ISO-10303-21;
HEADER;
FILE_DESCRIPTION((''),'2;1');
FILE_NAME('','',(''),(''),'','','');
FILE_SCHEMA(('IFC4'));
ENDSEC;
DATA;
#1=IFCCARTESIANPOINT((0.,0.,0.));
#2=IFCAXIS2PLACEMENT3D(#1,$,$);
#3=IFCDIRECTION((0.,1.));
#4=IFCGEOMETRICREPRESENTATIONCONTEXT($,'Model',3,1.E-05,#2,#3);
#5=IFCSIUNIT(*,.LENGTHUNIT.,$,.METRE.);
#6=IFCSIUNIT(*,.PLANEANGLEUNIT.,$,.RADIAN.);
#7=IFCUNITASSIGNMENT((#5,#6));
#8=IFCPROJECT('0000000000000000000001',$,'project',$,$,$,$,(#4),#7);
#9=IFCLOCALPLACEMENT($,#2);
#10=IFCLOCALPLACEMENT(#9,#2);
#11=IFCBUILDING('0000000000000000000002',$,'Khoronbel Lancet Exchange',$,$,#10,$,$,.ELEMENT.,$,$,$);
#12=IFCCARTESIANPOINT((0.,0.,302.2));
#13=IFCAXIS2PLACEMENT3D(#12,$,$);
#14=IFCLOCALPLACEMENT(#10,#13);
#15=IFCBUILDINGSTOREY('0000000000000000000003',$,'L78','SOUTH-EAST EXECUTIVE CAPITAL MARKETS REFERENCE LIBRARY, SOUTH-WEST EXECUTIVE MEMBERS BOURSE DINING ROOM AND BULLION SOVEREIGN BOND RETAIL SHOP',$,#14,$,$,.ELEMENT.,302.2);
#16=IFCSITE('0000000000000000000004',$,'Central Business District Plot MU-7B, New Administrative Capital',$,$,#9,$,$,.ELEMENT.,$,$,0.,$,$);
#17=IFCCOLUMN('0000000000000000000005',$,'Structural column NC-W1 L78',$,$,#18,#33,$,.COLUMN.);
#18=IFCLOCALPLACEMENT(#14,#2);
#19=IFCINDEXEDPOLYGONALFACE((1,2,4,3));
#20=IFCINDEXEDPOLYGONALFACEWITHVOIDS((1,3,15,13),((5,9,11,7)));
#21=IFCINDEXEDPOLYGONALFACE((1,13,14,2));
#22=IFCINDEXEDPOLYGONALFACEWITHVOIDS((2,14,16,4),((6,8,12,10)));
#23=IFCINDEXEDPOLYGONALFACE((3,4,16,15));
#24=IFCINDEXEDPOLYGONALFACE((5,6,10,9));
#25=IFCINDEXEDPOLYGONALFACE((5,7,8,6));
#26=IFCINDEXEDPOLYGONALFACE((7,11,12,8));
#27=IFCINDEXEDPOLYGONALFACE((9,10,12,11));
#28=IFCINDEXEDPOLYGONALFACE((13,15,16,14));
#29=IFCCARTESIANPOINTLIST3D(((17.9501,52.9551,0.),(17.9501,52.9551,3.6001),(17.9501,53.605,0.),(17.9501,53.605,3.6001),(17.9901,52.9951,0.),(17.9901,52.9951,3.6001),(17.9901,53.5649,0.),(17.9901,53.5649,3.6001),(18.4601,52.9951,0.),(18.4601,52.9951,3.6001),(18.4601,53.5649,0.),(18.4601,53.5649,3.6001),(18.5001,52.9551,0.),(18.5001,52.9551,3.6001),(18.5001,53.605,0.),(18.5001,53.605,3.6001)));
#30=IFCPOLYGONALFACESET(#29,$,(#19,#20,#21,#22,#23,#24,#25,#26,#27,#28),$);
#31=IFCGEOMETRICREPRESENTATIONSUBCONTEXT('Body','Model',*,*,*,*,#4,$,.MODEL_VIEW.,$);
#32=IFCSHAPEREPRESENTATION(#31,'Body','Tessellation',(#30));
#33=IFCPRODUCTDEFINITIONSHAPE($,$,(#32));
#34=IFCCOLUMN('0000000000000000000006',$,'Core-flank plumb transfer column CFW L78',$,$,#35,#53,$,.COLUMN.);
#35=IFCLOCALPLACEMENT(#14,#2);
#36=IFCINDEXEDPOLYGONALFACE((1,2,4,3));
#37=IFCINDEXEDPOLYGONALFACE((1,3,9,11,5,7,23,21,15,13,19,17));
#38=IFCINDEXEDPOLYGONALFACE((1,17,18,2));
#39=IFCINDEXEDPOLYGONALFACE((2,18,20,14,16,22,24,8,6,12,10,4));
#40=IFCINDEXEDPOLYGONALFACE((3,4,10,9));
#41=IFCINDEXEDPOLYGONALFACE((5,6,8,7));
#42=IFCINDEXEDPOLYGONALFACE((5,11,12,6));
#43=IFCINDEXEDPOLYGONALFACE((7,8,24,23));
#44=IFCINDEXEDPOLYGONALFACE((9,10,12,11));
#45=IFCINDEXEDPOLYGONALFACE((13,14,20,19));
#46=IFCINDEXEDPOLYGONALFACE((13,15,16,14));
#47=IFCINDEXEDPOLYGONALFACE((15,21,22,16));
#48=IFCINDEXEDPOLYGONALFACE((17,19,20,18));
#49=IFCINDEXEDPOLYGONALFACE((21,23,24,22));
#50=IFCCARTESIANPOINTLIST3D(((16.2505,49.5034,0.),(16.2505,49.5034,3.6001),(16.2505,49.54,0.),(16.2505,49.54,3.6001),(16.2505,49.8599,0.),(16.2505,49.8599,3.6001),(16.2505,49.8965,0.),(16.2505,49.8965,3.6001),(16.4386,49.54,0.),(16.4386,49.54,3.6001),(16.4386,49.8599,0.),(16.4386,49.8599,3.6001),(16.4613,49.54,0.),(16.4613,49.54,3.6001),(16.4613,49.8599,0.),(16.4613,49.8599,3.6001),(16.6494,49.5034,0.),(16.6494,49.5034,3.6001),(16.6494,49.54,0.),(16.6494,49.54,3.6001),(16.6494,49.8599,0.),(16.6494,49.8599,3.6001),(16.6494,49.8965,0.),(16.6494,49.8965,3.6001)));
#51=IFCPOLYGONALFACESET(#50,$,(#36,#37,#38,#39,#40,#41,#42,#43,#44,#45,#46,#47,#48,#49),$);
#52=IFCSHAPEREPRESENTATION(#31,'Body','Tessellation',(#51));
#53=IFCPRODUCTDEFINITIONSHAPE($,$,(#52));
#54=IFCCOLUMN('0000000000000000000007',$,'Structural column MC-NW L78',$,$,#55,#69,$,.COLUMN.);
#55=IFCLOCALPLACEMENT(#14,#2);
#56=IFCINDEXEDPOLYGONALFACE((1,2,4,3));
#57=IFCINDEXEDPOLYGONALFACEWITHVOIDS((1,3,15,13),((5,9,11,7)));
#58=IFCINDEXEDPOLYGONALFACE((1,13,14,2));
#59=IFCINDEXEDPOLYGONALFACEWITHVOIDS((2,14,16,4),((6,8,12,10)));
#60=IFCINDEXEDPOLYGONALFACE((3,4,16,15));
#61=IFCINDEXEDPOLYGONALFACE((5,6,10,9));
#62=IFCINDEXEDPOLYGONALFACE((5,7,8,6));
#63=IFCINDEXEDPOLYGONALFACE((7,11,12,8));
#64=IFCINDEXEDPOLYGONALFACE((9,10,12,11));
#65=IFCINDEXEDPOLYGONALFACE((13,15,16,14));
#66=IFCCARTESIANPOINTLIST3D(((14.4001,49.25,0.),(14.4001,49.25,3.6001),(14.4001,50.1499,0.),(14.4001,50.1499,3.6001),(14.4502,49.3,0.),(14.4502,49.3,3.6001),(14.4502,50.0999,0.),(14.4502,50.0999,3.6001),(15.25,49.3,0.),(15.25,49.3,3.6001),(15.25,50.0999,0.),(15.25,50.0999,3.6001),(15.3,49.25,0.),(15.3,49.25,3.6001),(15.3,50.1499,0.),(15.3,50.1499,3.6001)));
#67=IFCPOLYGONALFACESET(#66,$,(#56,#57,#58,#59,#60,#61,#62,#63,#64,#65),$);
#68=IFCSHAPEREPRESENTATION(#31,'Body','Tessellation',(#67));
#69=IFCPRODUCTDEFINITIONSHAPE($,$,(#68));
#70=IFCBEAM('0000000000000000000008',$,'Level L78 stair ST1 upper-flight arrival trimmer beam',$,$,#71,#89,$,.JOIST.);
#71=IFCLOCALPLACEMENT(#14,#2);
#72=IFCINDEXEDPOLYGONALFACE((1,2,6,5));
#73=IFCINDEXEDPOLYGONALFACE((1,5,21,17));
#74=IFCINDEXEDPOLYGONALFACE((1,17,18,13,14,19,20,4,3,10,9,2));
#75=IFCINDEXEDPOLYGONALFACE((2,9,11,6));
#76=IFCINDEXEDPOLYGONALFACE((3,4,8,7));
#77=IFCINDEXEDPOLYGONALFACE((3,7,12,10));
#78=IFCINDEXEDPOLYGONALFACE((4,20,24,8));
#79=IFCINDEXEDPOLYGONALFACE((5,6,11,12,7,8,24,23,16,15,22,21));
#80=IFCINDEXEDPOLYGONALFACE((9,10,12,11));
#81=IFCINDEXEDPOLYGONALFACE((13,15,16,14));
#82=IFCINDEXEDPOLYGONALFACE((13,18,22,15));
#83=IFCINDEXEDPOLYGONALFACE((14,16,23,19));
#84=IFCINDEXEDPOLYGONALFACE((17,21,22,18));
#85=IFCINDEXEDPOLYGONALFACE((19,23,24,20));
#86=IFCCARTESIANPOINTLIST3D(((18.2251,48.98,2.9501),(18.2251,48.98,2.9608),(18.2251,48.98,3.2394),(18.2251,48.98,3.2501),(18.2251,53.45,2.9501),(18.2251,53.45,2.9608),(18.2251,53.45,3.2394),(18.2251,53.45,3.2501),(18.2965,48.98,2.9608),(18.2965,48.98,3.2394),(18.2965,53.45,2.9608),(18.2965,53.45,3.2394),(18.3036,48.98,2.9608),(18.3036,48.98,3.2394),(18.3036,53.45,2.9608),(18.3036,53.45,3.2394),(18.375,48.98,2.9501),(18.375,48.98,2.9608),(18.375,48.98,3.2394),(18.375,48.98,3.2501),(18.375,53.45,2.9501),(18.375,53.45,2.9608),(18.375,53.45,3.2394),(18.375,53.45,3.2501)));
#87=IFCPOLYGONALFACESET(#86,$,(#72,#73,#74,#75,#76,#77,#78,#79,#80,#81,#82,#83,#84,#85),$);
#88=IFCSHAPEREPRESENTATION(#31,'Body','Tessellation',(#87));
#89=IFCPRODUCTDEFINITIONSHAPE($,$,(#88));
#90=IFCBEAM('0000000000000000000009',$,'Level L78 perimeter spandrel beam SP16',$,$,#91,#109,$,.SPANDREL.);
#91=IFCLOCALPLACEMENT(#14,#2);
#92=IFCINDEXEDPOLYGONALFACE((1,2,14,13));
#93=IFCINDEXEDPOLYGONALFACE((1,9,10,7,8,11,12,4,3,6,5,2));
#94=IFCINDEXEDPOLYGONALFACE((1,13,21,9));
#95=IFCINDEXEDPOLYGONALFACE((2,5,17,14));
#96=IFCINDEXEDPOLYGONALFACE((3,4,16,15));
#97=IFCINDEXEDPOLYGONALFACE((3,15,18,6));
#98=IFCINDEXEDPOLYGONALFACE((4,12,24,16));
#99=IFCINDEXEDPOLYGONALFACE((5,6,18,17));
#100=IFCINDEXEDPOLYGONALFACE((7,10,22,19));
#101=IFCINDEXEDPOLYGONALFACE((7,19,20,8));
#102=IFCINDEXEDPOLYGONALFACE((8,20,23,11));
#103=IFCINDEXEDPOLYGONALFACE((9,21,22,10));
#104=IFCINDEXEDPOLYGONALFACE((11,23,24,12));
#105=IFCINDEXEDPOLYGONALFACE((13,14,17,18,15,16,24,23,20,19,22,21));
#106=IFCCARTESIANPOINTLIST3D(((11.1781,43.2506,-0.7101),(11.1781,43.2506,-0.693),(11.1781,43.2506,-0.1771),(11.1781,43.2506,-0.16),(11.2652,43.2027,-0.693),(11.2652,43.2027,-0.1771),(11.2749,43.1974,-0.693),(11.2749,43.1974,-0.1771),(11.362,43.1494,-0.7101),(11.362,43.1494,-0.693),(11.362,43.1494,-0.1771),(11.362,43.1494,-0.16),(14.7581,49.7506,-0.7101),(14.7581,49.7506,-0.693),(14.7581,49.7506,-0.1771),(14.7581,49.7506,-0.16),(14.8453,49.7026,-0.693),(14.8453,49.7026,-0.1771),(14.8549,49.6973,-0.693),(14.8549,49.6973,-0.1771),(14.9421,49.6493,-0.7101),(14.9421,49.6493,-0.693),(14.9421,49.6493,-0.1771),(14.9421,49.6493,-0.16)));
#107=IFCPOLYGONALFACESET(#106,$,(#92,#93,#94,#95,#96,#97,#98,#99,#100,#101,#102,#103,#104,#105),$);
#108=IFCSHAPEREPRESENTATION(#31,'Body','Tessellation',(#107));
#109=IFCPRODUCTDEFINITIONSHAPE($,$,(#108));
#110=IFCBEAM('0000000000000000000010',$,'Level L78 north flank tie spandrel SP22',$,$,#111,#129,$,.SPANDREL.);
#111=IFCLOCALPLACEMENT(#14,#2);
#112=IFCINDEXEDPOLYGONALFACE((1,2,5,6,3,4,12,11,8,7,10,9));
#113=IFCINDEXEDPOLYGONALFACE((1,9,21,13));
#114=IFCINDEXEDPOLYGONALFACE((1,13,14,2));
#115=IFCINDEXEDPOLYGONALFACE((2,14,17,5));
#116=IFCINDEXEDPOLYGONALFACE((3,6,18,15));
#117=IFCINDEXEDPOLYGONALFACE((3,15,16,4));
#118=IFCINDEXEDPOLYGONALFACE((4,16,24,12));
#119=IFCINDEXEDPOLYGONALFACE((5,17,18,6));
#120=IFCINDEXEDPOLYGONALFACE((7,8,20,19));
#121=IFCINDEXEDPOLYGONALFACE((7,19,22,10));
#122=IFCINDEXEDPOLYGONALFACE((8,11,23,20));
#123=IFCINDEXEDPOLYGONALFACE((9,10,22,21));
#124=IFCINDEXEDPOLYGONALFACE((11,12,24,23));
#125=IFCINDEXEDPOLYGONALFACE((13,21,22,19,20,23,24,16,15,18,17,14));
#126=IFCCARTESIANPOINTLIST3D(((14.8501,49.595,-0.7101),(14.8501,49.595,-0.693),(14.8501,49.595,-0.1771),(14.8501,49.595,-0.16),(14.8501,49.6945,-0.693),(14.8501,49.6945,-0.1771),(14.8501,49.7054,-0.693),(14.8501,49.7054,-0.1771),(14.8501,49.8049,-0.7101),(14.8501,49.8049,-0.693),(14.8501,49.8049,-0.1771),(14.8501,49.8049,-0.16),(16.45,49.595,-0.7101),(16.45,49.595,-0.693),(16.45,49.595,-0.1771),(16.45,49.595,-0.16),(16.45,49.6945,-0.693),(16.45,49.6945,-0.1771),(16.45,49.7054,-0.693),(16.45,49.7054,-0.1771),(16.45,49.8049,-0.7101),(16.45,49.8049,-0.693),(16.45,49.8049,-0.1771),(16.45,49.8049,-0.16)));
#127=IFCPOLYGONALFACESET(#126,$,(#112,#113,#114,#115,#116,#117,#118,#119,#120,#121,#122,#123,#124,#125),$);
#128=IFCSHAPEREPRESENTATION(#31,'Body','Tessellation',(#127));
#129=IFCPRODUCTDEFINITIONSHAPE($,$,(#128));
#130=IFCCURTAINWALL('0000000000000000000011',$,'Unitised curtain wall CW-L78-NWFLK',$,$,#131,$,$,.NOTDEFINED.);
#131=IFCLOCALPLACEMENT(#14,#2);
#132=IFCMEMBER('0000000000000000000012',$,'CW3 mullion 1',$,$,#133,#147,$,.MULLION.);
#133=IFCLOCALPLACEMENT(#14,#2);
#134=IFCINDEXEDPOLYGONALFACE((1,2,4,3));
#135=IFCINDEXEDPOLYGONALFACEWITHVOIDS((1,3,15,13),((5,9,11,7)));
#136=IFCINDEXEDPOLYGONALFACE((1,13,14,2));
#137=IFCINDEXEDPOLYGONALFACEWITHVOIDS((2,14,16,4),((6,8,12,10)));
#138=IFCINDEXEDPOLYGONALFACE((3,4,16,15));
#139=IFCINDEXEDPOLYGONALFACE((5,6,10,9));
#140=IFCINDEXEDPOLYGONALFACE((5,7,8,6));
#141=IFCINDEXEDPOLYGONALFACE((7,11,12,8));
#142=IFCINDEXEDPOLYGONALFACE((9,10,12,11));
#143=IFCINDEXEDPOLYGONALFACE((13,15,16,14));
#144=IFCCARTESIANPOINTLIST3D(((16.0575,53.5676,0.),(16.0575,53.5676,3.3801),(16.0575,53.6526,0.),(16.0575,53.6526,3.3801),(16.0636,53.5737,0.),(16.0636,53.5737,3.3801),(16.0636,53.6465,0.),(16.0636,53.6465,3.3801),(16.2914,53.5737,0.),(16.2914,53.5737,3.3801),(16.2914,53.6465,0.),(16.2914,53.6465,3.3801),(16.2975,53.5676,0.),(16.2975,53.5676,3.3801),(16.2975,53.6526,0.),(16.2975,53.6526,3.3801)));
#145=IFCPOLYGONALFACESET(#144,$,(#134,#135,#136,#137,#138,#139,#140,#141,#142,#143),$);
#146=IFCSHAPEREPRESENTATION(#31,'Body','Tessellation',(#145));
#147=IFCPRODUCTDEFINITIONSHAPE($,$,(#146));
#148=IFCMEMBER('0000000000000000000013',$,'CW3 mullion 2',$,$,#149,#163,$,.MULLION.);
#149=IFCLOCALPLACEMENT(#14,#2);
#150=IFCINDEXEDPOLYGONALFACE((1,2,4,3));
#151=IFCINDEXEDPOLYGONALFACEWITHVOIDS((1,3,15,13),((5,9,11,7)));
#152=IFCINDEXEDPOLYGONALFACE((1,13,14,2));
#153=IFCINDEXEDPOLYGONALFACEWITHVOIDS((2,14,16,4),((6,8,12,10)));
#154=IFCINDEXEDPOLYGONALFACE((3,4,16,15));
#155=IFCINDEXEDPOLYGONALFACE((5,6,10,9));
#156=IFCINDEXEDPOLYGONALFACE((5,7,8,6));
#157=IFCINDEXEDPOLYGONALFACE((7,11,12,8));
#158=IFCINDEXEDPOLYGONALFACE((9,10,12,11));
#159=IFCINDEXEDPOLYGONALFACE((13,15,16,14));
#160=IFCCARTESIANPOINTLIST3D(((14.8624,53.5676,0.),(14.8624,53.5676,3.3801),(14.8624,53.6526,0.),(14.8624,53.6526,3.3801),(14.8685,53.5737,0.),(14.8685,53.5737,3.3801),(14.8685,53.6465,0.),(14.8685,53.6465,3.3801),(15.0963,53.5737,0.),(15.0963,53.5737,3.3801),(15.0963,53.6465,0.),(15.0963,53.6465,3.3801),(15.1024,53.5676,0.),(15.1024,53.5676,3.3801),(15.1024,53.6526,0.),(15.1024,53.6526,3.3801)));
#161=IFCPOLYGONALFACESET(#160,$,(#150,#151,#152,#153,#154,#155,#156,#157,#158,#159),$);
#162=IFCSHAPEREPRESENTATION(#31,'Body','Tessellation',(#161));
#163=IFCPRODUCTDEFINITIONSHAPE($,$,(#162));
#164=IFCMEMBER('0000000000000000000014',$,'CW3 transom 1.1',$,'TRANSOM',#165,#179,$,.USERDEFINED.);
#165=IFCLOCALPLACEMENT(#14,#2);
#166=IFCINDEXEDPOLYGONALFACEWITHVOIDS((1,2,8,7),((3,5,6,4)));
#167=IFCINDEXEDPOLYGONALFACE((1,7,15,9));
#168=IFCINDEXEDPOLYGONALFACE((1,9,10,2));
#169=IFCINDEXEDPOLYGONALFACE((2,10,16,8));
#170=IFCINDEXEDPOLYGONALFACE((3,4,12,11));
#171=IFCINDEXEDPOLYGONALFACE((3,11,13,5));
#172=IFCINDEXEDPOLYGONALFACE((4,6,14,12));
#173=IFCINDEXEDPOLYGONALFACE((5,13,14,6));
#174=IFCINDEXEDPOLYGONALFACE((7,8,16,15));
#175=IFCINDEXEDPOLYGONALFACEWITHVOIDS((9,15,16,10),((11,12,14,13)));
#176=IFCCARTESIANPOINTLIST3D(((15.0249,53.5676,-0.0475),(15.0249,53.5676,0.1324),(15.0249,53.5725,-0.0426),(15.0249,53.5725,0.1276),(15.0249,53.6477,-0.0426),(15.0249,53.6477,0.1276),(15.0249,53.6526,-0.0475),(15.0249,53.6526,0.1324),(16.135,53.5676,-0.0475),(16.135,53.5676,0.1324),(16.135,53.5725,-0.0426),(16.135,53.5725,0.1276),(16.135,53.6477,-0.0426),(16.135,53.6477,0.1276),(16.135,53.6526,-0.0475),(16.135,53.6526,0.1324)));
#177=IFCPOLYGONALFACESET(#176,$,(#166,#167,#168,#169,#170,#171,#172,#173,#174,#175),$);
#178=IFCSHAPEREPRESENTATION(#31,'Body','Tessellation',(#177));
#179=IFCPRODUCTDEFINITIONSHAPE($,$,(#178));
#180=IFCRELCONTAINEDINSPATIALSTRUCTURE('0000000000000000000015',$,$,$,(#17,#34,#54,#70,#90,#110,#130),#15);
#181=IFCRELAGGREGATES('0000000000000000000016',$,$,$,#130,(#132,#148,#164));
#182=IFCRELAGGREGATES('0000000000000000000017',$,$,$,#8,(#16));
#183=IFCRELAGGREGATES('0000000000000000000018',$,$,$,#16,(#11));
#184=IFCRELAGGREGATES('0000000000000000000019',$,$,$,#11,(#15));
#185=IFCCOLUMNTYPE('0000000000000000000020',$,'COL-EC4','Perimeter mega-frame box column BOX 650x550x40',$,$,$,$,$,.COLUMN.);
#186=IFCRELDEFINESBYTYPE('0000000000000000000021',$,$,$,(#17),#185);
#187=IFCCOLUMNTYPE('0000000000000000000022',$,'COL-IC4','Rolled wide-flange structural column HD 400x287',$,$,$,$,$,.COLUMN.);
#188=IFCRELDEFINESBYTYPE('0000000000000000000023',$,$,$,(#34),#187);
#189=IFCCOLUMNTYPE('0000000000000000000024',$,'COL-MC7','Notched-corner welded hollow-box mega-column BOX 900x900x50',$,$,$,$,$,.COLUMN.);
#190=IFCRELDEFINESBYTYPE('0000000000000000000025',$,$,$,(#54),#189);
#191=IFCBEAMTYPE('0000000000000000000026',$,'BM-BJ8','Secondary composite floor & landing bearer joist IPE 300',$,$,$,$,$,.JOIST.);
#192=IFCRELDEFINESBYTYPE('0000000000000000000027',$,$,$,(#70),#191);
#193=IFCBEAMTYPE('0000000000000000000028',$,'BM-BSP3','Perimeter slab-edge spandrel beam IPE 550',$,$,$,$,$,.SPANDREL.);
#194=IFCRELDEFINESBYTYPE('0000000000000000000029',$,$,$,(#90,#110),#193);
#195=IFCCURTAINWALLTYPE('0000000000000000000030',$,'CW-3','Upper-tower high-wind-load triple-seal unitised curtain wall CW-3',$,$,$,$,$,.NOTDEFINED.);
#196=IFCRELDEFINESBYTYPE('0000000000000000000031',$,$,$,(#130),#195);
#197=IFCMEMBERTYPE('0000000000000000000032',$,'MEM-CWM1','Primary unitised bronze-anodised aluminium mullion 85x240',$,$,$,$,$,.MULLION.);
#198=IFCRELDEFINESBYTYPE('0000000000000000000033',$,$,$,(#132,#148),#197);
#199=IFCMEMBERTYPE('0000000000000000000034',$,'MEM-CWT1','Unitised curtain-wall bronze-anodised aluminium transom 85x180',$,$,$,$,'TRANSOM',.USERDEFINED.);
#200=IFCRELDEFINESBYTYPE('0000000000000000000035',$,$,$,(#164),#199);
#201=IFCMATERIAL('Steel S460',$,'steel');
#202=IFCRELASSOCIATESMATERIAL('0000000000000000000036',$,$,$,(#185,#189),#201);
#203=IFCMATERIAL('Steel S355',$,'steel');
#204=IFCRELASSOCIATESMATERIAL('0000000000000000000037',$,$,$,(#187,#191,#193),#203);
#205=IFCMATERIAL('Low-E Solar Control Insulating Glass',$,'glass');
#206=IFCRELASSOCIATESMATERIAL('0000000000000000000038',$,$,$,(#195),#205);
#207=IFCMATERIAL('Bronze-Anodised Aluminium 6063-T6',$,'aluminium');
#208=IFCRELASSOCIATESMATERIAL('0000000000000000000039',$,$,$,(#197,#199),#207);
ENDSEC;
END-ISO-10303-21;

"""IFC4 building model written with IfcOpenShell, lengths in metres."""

from ifc_helpers import new_model, si_unit, direction, frame, origin, origin_2d, place, context, subcontext, project, spatial, hollow_rectangle, i_section, extrude, material, material_profile, profile_set, type_object, element, aggregate, save


model = new_model("IFC4")

# Units and contexts
model_context = context("Model", 3, precision=1e-05, world=origin(), true_north=direction((0.0, 1.0)))
body_context = subcontext(model_context, "Body", "Model", "MODEL_VIEW")
ifc_project = project(units=[si_unit("LENGTHUNIT", "METRE"), si_unit("PLANEANGLEUNIT", "RADIAN")], contexts=[model_context])

# Site, building, storey
site_placement = place(None, origin())
site = spatial("IfcSite", under=ifc_project, at=site_placement, Name="Central Business District Plot MU-7B, New Administrative Capital", CompositionType="ELEMENT", RefElevation=0.0)
building_placement = place(site_placement, origin())
building = spatial("IfcBuilding", under=site, at=building_placement, Name="Khoronbel Lancet Exchange", CompositionType="ELEMENT")
storey_placement = place(building_placement, frame((0.0, 0.0, 302.2)))
storey = spatial("IfcBuildingStorey", under=building, at=storey_placement, Name="L78", Description="SOUTH-EAST EXECUTIVE CAPITAL MARKETS REFERENCE LIBRARY, SOUTH-WEST EXECUTIVE MEMBERS BOURSE DINING ROOM AND BULLION SOVEREIGN BOND RETAIL SHOP", CompositionType="ELEMENT", Elevation=302.2)

# Columns
ifc_material_1 = material(Name="Steel S460", Category="steel")
ifc_material_profile_1 = material_profile(ifc_material_1, hollow_rectangle(XDim=0.55, YDim=0.6499, WallThickness=0.04, at=origin_2d()), Name="BOX 650x550x40")
ifc_profile_set_1 = profile_set([ifc_material_profile_1], Name="Steel S460")
column_type_1 = type_object("IfcColumnType", Name="COL-EC4", Description="Perimeter mega-frame box column BOX 650x550x40", PredefinedType="COLUMN", material=ifc_profile_set_1)
column_1_placement = place(storey_placement, frame((18.2251, 53.28, 0.0), z_axis=(0.0, 0.0, 1.0), x_axis=(1.0, 0.0, 0.0)))
element("IfcColumn", 1, at=column_1_placement, inside=storey, type_object=column_type_1, Name="Structural column NC-W1 L78", PredefinedType="COLUMN", context=body_context, shape_type="SweptSolid", body=[
    extrude(hollow_rectangle(XDim=0.55, YDim=0.6499, WallThickness=0.04, at=origin_2d()), origin(), (0.0, 0.0, 1.0), 3.6001),
])
ifc_material_2 = material(Name="Steel S355", Category="steel")
ifc_material_profile_2 = material_profile(ifc_material_2, i_section(OverallWidth=0.3989, OverallDepth=0.3931, WebThickness=0.0227, FlangeThickness=0.0366, at=origin_2d()), Name="HD 400x287")
ifc_profile_set_2 = profile_set([ifc_material_profile_2], Name="Steel S355")
column_type_2 = type_object("IfcColumnType", Name="COL-IC4", Description="Rolled wide-flange structural column HD 400x287", PredefinedType="COLUMN", material=ifc_profile_set_2)
column_2_placement = place(storey_placement, frame((16.45, 49.7, 0.0), z_axis=(0.0, 0.0, 1.0), x_axis=(1.0, 0.0, 0.0)))
element("IfcColumn", 2, at=column_2_placement, inside=storey, type_object=column_type_2, Name="Core-flank plumb transfer column CFW L78", PredefinedType="COLUMN", context=body_context, shape_type="SweptSolid", body=[
    extrude(i_section(OverallWidth=0.3989, OverallDepth=0.3931, WebThickness=0.0227, FlangeThickness=0.0366, at=origin_2d()), origin(), (0.0, 0.0, 1.0), 3.6001),
])
ifc_material_profile_3 = material_profile(ifc_material_1, hollow_rectangle(XDim=0.8999, YDim=0.8999, WallThickness=0.05, at=origin_2d()), Name="BOX 900x900x50")
ifc_profile_set_3 = profile_set([ifc_material_profile_3], Name="Steel S460")
column_type_3 = type_object("IfcColumnType", Name="COL-MC7", Description="Notched-corner welded hollow-box mega-column BOX 900x900x50", PredefinedType="COLUMN", material=ifc_profile_set_3)
column_3_placement = place(storey_placement, frame((14.8501, 49.7, 0.0), z_axis=(0.0, 0.0, 1.0), x_axis=(1.0, 0.0, 0.0)))
element("IfcColumn", 3, at=column_3_placement, inside=storey, type_object=column_type_3, Name="Structural column MC-NW L78", PredefinedType="COLUMN", context=body_context, shape_type="SweptSolid", body=[
    extrude(hollow_rectangle(XDim=0.8999, YDim=0.8999, WallThickness=0.05, at=origin_2d()), origin(), (0.0, 0.0, 1.0), 3.6001),
])

# Beams
ifc_material_profile_4 = material_profile(ifc_material_2, i_section(OverallWidth=0.1499, OverallDepth=0.3, WebThickness=0.0071, FlangeThickness=0.0107, at=origin_2d()), Name="IPE 300")
ifc_profile_set_4 = profile_set([ifc_material_profile_4], Name="Steel S355")
beam_type_1 = type_object("IfcBeamType", Name="BM-BJ8", Description="Secondary composite floor & landing bearer joist IPE 300", PredefinedType="JOIST", material=ifc_profile_set_4)
beam_1_placement = place(storey_placement, frame((18.3, 48.98, 3.1001), z_axis=(0.0, 1.0, 0.0), x_axis=(-1.0, 0.0, 0.0)))
element("IfcBeam", 4, at=beam_1_placement, inside=storey, type_object=beam_type_1, Name="Level L78 stair ST1 upper-flight arrival trimmer beam", PredefinedType="JOIST", context=body_context, shape_type="SweptSolid", body=[
    extrude(i_section(OverallWidth=0.1499, OverallDepth=0.3, WebThickness=0.0071, FlangeThickness=0.0107, at=origin_2d()), origin(), (0.0, 0.0, 1.0), 4.47),
])
ifc_material_profile_5 = material_profile(ifc_material_2, i_section(OverallWidth=0.21, OverallDepth=0.55, WebThickness=0.011, FlangeThickness=0.0171, at=origin_2d()), Name="IPE 550")
ifc_profile_set_5 = profile_set([ifc_material_profile_5], Name="Steel S355")
beam_type_2 = type_object("IfcBeamType", Name="BM-BSP3", Description="Perimeter slab-edge spandrel beam IPE 550", PredefinedType="SPANDREL", material=ifc_profile_set_5)
beam_2_placement = place(storey_placement, frame((14.8501, 49.7, -0.4351), z_axis=(-0.482444, -0.875927, 0.0), x_axis=(0.875927, -0.482444, 0.0)))
element("IfcBeam", 5, at=beam_2_placement, inside=storey, type_object=beam_type_2, Name="Level L78 perimeter spandrel beam SP16", PredefinedType="SPANDREL", context=body_context, shape_type="SweptSolid", body=[
    extrude(i_section(OverallWidth=0.21, OverallDepth=0.55, WebThickness=0.011, FlangeThickness=0.0171, at=origin_2d()), origin(), (0.0, 0.0, 1.0), 7.4207),
])
beam_3_placement = place(storey_placement, frame((14.8501, 49.7, -0.4351), z_axis=(1.0, 0.0, 0.0), x_axis=(0.0, 1.0, 0.0)))
element("IfcBeam", 6, at=beam_3_placement, inside=storey, type_object=beam_type_2, Name="Level L78 north flank tie spandrel SP22", PredefinedType="SPANDREL", context=body_context, shape_type="SweptSolid", body=[
    extrude(i_section(OverallWidth=0.21, OverallDepth=0.55, WebThickness=0.011, FlangeThickness=0.0171, at=origin_2d()), origin(), (0.0, 0.0, 1.0), 1.5999),
])

# Curtain wall, members
ifc_material_3 = material(Name="Low-E Solar Control Insulating Glass", Category="glass")
curtain_wall_type = type_object("IfcCurtainWallType", Name="CW-3", Description="Upper-tower high-wind-load triple-seal unitised curtain wall CW-3", PredefinedType="NOTDEFINED", material=ifc_material_3)
curtain_wall_placement = place(storey_placement, origin())
curtain_wall = element("IfcCurtainWall", 7, at=curtain_wall_placement, inside=storey, type_object=curtain_wall_type, Name="Unitised curtain wall CW-L78-NWFLK", PredefinedType="NOTDEFINED")
ifc_material_4 = material(Name="Bronze-Anodised Aluminium 6063-T6", Category="aluminium")
ifc_material_profile_6 = material_profile(ifc_material_4, hollow_rectangle(XDim=0.085, YDim=0.24, WallThickness=0.0061, at=origin_2d()), Name="ALU MULLION 85x240")
ifc_profile_set_6 = profile_set([ifc_material_profile_6], Name="Bronze-Anodised Aluminium 6063-T6")
member_type_1 = type_object("IfcMemberType", Name="MEM-CWM1", Description="Primary unitised bronze-anodised aluminium mullion 85x240", PredefinedType="MULLION", material=ifc_profile_set_6)
member_1_placement = place(storey_placement, frame((16.1775, 53.6101, 0.0), z_axis=(0.0, 0.0, 1.0), x_axis=(0.0, -1.0, 0.0)))
member_1 = element("IfcMember", 8, at=member_1_placement, type_object=member_type_1, Name="CW3 mullion 1", PredefinedType="MULLION", context=body_context, shape_type="SweptSolid", body=[
    extrude(hollow_rectangle(XDim=0.085, YDim=0.24, WallThickness=0.0061, at=origin_2d()), origin(), (0.0, 0.0, 1.0), 3.3801),
])
member_2_placement = place(storey_placement, frame((14.9824, 53.6101, 0.0), z_axis=(0.0, 0.0, 1.0), x_axis=(0.0, -1.0, 0.0)))
member_2 = element("IfcMember", 9, at=member_2_placement, type_object=member_type_1, Name="CW3 mullion 2", PredefinedType="MULLION", context=body_context, shape_type="SweptSolid", body=[
    extrude(hollow_rectangle(XDim=0.085, YDim=0.24, WallThickness=0.0061, at=origin_2d()), origin(), (0.0, 0.0, 1.0), 3.3801),
])
ifc_material_profile_7 = material_profile(ifc_material_4, hollow_rectangle(XDim=0.085, YDim=0.1799, WallThickness=0.0049, at=origin_2d()), Name="ALU TRANSOM 85x180")
ifc_profile_set_7 = profile_set([ifc_material_profile_7], Name="Bronze-Anodised Aluminium 6063-T6")
member_type_2 = type_object("IfcMemberType", Name="MEM-CWT1", Description="Unitised curtain-wall bronze-anodised aluminium transom 85x180", ElementType="TRANSOM", PredefinedType="USERDEFINED", material=ifc_profile_set_7)
member_3_placement = place(storey_placement, frame((16.135, 53.6101, 0.0425), z_axis=(-1.0, 0.0, 0.0), x_axis=(0.0, -1.0, 0.0)))
member_3 = element("IfcMember", 10, at=member_3_placement, type_object=member_type_2, Name="CW3 transom 1.1", ObjectType="TRANSOM", PredefinedType="USERDEFINED", context=body_context, shape_type="SweptSolid", body=[
    extrude(hollow_rectangle(XDim=0.085, YDim=0.1799, WallThickness=0.0049, at=origin_2d()), origin(), (0.0, 0.0, 1.0), 1.1101),
])

aggregate(curtain_wall, [member_1, member_2, member_3])

save(model, "model.ifc")
